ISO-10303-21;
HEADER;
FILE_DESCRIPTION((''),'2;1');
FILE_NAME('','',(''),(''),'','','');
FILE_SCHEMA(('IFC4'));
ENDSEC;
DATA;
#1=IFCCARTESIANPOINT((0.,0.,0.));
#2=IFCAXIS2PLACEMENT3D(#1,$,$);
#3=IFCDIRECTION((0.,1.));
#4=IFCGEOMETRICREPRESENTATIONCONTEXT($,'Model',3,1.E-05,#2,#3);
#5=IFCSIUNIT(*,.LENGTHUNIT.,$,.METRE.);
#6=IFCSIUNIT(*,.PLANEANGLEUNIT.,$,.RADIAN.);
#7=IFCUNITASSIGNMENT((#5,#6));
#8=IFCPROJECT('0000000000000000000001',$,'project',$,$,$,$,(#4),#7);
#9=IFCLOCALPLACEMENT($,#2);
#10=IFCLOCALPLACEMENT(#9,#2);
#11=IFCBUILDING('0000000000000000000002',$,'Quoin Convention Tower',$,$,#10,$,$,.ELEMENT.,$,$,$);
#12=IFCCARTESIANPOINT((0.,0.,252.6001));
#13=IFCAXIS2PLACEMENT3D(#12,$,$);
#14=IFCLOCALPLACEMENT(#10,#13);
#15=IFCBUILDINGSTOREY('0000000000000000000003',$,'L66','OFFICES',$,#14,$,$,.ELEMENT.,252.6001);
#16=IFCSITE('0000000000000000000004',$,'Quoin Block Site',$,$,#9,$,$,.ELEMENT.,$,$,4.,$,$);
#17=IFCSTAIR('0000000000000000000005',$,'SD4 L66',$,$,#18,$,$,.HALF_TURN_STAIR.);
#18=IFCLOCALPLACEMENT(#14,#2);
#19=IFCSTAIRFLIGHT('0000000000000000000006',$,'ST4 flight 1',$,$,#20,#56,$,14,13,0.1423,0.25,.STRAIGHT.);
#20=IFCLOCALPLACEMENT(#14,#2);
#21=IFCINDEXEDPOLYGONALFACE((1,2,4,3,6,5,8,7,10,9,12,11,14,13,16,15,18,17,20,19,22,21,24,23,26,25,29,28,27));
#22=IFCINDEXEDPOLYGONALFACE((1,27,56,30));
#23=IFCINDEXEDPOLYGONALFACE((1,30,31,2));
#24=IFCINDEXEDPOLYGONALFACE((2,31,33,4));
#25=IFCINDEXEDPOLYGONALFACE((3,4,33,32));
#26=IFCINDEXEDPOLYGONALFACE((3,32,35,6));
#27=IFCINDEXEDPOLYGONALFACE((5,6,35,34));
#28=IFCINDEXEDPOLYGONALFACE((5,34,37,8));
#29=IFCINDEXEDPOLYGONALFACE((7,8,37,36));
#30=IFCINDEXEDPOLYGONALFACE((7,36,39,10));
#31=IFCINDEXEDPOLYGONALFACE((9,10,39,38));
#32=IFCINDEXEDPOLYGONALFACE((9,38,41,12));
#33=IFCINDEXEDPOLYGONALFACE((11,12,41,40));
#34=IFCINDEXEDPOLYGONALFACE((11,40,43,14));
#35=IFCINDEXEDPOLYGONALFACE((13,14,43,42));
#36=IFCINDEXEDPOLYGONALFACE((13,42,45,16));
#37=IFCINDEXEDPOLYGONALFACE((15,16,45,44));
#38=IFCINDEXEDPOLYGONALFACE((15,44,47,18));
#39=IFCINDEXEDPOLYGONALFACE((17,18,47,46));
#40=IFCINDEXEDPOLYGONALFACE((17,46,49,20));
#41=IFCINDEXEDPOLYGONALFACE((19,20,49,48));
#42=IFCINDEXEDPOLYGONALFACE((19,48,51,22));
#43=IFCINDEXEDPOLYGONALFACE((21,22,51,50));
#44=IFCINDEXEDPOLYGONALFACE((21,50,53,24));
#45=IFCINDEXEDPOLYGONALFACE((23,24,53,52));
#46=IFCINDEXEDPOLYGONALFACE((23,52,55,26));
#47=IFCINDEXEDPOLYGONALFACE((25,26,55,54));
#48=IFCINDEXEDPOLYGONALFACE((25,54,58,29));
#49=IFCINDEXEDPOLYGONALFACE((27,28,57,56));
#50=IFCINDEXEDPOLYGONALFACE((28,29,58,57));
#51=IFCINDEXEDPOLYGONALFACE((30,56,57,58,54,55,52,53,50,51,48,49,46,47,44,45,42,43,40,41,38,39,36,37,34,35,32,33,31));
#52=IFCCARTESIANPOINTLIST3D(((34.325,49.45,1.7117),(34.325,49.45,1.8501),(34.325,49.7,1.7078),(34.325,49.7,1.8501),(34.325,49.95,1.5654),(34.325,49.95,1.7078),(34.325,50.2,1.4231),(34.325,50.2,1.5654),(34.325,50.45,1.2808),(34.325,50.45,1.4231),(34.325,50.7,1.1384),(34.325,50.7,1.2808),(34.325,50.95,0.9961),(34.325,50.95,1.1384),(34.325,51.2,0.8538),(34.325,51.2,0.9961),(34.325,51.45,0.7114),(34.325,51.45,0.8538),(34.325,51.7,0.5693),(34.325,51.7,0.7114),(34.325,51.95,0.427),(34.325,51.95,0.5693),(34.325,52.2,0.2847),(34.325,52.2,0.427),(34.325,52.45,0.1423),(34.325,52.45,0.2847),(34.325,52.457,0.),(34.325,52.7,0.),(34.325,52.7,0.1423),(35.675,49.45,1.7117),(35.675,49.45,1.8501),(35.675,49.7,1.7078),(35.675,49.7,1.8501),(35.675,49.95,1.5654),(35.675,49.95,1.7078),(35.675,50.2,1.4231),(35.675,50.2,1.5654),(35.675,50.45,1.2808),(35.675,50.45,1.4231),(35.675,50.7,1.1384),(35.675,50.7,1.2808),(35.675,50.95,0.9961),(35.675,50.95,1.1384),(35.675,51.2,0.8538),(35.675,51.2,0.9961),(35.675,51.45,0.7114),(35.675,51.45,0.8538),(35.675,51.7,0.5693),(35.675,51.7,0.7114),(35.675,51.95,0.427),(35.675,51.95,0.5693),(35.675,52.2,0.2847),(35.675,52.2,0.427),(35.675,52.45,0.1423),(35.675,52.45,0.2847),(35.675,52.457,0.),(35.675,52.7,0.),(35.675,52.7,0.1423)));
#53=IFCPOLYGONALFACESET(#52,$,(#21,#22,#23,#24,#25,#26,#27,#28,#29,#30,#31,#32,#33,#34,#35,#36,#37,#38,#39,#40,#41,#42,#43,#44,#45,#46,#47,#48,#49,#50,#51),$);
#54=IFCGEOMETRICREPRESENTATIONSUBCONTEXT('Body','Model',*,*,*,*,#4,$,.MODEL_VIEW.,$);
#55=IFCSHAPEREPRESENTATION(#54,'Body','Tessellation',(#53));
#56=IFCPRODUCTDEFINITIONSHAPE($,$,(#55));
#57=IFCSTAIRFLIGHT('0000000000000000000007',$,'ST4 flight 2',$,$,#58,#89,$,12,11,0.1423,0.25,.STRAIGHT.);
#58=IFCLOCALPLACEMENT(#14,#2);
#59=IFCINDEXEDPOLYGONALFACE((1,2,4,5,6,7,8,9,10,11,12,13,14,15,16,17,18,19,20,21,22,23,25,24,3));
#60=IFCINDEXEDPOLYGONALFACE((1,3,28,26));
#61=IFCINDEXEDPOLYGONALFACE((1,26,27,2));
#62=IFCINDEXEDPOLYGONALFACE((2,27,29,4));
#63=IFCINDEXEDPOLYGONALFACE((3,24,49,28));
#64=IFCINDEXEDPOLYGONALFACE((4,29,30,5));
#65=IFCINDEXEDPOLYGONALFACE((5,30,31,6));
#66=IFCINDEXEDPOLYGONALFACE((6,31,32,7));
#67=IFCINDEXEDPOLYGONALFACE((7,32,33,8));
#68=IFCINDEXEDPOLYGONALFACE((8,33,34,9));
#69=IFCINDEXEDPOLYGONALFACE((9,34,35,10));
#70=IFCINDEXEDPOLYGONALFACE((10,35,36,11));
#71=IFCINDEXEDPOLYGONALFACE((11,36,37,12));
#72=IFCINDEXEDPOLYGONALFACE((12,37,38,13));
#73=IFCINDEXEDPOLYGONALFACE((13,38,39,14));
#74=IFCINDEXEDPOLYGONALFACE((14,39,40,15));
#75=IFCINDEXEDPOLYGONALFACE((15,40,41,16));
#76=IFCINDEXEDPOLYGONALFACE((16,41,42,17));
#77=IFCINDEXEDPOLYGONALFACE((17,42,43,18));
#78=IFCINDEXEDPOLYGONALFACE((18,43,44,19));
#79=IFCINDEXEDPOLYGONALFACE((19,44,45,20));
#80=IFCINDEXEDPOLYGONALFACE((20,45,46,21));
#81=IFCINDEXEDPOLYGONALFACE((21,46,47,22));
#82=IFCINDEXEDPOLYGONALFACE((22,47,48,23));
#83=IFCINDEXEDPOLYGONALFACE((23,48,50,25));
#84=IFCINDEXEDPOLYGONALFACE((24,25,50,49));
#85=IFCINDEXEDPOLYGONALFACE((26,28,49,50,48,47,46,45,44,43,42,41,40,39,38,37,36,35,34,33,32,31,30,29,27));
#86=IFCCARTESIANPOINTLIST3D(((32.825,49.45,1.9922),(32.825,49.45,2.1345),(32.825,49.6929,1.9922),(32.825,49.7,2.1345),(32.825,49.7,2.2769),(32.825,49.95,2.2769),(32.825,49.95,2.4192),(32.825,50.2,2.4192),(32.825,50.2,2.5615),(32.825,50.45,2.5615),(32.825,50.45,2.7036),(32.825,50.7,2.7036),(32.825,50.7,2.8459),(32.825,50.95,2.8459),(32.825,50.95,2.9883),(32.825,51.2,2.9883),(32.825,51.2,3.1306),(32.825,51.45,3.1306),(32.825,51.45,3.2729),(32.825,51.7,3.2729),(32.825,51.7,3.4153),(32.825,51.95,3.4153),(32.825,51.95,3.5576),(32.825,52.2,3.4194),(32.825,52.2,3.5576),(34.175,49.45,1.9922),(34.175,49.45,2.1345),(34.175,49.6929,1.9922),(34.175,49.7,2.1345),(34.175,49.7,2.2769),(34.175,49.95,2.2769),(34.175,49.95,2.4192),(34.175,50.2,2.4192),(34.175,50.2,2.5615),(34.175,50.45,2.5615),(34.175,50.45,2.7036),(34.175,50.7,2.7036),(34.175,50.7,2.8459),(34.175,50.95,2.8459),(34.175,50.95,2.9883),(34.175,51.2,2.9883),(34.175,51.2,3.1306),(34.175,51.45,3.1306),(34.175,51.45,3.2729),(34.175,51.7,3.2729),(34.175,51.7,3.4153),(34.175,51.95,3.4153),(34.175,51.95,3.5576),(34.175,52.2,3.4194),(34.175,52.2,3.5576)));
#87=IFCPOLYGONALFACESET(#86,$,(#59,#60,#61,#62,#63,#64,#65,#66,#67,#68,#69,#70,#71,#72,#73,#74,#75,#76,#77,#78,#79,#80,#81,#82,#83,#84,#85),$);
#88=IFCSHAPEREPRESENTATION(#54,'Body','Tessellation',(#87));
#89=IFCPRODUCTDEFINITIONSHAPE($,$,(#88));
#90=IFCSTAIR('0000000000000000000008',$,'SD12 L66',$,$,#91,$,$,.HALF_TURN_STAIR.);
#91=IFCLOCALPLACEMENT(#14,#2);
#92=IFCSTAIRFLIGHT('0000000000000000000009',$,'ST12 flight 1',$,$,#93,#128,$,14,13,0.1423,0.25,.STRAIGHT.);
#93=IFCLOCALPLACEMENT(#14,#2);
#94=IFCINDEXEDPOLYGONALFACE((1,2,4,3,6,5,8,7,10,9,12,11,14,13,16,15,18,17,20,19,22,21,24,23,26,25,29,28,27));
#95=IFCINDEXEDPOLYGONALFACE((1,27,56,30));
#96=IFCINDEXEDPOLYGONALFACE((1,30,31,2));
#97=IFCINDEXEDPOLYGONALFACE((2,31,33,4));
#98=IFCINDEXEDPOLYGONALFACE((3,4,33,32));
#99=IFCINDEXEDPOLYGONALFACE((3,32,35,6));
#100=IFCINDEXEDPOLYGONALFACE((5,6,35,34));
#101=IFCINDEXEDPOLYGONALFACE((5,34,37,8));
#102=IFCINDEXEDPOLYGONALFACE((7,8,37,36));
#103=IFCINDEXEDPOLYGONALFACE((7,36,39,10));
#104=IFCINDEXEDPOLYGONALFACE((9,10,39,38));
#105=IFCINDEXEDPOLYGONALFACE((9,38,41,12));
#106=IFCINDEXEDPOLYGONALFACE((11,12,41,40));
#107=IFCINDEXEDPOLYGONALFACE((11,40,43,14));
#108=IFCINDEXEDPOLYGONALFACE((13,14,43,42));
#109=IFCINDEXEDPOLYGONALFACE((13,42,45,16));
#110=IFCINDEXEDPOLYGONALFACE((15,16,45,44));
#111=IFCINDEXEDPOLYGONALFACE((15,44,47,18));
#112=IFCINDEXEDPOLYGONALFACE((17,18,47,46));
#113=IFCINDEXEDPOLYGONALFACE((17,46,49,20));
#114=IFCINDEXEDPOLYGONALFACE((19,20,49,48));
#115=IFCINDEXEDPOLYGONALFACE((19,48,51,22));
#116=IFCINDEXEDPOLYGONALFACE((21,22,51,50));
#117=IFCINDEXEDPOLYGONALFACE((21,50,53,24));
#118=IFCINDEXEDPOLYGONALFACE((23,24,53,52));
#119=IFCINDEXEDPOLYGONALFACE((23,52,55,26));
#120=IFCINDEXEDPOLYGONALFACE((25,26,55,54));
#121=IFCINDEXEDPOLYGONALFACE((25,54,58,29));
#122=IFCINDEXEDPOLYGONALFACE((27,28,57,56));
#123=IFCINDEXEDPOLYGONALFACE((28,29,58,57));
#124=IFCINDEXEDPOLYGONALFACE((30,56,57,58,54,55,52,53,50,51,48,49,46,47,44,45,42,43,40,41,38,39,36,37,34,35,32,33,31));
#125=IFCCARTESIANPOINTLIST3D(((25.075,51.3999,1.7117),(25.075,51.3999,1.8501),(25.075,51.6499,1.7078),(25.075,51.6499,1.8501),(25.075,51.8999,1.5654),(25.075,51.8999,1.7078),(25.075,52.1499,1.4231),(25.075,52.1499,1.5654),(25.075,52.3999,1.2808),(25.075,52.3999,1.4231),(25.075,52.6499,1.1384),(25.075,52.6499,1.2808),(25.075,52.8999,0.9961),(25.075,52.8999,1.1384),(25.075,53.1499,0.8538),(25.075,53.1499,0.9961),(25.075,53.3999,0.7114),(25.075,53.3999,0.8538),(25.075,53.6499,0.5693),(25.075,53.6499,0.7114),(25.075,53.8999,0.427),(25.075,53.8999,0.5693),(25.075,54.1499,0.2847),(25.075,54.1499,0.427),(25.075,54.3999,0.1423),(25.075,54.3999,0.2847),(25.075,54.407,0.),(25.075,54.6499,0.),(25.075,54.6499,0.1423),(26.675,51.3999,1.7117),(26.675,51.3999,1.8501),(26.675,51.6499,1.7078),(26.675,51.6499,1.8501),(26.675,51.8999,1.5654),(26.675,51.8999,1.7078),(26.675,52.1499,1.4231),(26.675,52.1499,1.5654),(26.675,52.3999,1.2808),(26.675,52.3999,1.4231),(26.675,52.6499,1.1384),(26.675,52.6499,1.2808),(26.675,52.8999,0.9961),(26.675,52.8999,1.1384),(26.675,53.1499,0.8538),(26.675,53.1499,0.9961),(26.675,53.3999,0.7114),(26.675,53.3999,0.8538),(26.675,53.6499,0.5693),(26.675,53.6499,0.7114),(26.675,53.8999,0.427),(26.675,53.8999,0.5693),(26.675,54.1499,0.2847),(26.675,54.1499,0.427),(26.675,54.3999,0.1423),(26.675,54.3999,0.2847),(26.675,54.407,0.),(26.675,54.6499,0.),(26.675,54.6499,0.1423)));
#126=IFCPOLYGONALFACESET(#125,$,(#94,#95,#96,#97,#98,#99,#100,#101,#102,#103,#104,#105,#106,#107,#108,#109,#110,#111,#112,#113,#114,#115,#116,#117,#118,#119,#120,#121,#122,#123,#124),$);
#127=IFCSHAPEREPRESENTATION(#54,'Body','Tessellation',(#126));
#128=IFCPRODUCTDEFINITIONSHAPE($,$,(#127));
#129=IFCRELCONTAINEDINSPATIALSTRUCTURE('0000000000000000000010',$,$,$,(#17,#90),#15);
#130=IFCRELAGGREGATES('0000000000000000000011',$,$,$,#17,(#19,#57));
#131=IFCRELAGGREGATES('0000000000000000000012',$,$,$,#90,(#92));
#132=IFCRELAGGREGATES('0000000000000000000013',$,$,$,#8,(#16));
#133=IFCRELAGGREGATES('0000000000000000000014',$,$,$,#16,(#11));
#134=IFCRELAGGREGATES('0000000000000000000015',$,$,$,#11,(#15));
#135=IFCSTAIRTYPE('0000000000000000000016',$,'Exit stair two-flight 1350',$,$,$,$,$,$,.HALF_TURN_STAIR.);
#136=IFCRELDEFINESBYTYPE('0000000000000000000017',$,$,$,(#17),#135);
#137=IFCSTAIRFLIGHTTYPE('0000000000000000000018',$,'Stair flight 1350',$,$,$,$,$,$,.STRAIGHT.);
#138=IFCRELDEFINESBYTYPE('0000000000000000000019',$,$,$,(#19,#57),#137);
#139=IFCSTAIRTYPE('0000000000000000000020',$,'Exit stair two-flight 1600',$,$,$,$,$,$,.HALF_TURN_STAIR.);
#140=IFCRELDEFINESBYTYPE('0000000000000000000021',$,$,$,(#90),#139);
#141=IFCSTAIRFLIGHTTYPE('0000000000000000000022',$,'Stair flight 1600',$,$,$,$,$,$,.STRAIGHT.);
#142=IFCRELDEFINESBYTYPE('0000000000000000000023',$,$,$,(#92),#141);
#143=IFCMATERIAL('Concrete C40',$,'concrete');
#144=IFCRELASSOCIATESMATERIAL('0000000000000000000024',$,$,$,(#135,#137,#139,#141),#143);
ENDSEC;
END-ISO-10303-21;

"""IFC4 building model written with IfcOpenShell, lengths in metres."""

from ifc_helpers import new_model, si_unit, direction, frame, origin, place, context, subcontext, project, spatial, polyline, outline, extrude, material, type_object, element, aggregate, save


model = new_model("IFC4")

# Units and contexts
model_context = context("Model", 3, precision=1e-05, world=origin(), true_north=direction((0.0, 1.0)))
body_context = subcontext(model_context, "Body", "Model", "MODEL_VIEW")
ifc_project = project(units=[si_unit("LENGTHUNIT", "METRE"), si_unit("PLANEANGLEUNIT", "RADIAN")], contexts=[model_context])

# Site, building, storey
site_placement = place(None, origin())
site = spatial("IfcSite", under=ifc_project, at=site_placement, Name="Quoin Block Site", CompositionType="ELEMENT", RefElevation=4.0)
building_placement = place(site_placement, origin())
building = spatial("IfcBuilding", under=site, at=building_placement, Name="Quoin Convention Tower", CompositionType="ELEMENT")
storey_placement = place(building_placement, frame((0.0, 0.0, 252.6001)))
storey = spatial("IfcBuildingStorey", under=building, at=storey_placement, Name="L66", Description="OFFICES", CompositionType="ELEMENT", Elevation=252.6001)

# Shared definitions
ifc_material_1 = material(Name="Concrete C40", Category="concrete")
stair_type_1 = type_object("IfcStairType", Name="Exit stair two-flight 1350", PredefinedType="HALF_TURN_STAIR", material=ifc_material_1)
stair_flight_type_1 = type_object("IfcStairFlightType", Name="Stair flight 1350", PredefinedType="STRAIGHT", material=ifc_material_1)

# Stair, stair flights
stair_1_placement = place(storey_placement, origin())
stair_1 = element("IfcStair", 1, at=stair_1_placement, inside=storey, type_object=stair_type_1, Name="SD4 L66", PredefinedType="HALF_TURN_STAIR")
stair_flight_1_placement = place(storey_placement, frame((35.0, 52.7, 0.0), z_axis=(0.0, 0.0, 1.0), x_axis=(0.0, -1.0, 0.0)))
stair_flight_1 = element("IfcStairFlight", 2, at=stair_flight_1_placement, type_object=stair_flight_type_1, Name="ST4 flight 1", NumberOfRisers=14, NumberOfTreads=13, PredefinedType="STRAIGHT", RiserHeight=0.1423, TreadLength=0.25, context=body_context, shape_type="SweptSolid", body=[
    extrude(outline(polyline([(0.0, 0.0), (0.0, 0.1423), (0.25, 0.1423), (0.25, 0.2847), (0.5, 0.2847), (0.5, 0.427), (0.75, 0.427), (0.75, 0.5693), (1.0, 0.5693), (1.0, 0.7114), (1.25, 0.7114), (1.25, 0.8538), (1.5, 0.8538), (1.5, 0.9961), (1.75, 0.9961), (1.75, 1.1384), (2.0, 1.1384), (2.0, 1.2808), (2.25, 1.2808), (2.25, 1.4231), (2.5, 1.4231), (2.5, 1.5654), (2.75, 1.5654), (2.75, 1.7078), (3.0, 1.7078), (3.0, 1.8501), (3.25, 1.8501), (3.25, 1.9922), (3.25, 1.7117), (0.2429, 0.0), (0.0, 0.0)])), frame((0.0, 0.675, 0.0), z_axis=(0.0, -1.0, 0.0), x_axis=(1.0, 0.0, 0.0)), (0.0, 0.0, 1.0), 1.3501),
])
stair_flight_2_placement = place(storey_placement, frame((33.5, 49.45, 1.9922), z_axis=(0.0, 0.0, 1.0), x_axis=(0.0, 1.0, 0.0)))
stair_flight_2 = element("IfcStairFlight", 3, at=stair_flight_2_placement, type_object=stair_flight_type_1, Name="ST4 flight 2", NumberOfRisers=12, NumberOfTreads=11, PredefinedType="STRAIGHT", RiserHeight=0.1423, TreadLength=0.25, context=body_context, shape_type="SweptSolid", body=[
    extrude(outline(polyline([(0.0, 0.0), (0.0, 0.1423), (0.25, 0.1423), (0.25, 0.2847), (0.5, 0.2847), (0.5, 0.427), (0.75, 0.427), (0.75, 0.5693), (1.0, 0.5693), (1.0, 0.7114), (1.25, 0.7114), (1.25, 0.8538), (1.5, 0.8538), (1.5, 0.9961), (1.75, 0.9961), (1.75, 1.1384), (2.0, 1.1384), (2.0, 1.2808), (2.25, 1.2808), (2.25, 1.4231), (2.5, 1.4231), (2.5, 1.5654), (2.75, 1.5654), (2.75, 1.7078), (2.75, 1.4272), (0.2429, 0.0), (0.0, 0.0)])), frame((0.0, 0.675, 0.0), z_axis=(0.0, -1.0, 0.0), x_axis=(1.0, 0.0, 0.0)), (0.0, 0.0, 1.0), 1.3501),
])
aggregate(stair_1, [stair_flight_1, stair_flight_2])

# Stair, stair flight
stair_type_2 = type_object("IfcStairType", Name="Exit stair two-flight 1600", PredefinedType="HALF_TURN_STAIR", material=ifc_material_1)
stair_2_placement = place(storey_placement, origin())
stair_2 = element("IfcStair", 4, at=stair_2_placement, inside=storey, type_object=stair_type_2, Name="SD12 L66", PredefinedType="HALF_TURN_STAIR")
stair_flight_type_2 = type_object("IfcStairFlightType", Name="Stair flight 1600", PredefinedType="STRAIGHT", material=ifc_material_1)
stair_flight_3_placement = place(storey_placement, frame((25.875, 54.6499, 0.0), z_axis=(0.0, 0.0, 1.0), x_axis=(0.0, -1.0, 0.0)))
stair_flight_3 = element("IfcStairFlight", 5, at=stair_flight_3_placement, type_object=stair_flight_type_2, Name="ST12 flight 1", NumberOfRisers=14, NumberOfTreads=13, PredefinedType="STRAIGHT", RiserHeight=0.1423, TreadLength=0.25, context=body_context, shape_type="SweptSolid", body=[
    extrude(outline(polyline([(0.0, 0.0), (0.0, 0.1423), (0.25, 0.1423), (0.25, 0.2847), (0.5, 0.2847), (0.5, 0.427), (0.75, 0.427), (0.75, 0.5693), (1.0, 0.5693), (1.0, 0.7114), (1.25, 0.7114), (1.25, 0.8538), (1.5, 0.8538), (1.5, 0.9961), (1.75, 0.9961), (1.75, 1.1384), (2.0, 1.1384), (2.0, 1.2808), (2.25, 1.2808), (2.25, 1.4231), (2.5, 1.4231), (2.5, 1.5654), (2.75, 1.5654), (2.75, 1.7078), (3.0, 1.7078), (3.0, 1.8501), (3.25, 1.8501), (3.25, 1.9922), (3.25, 1.7117), (0.2429, 0.0), (0.0, 0.0)])), frame((0.0, 0.8, 0.0), z_axis=(0.0, -1.0, 0.0), x_axis=(1.0, 0.0, 0.0)), (0.0, 0.0, 1.0), 1.6001),
])
aggregate(stair_2, [stair_flight_3])

save(model, "model.ifc")
